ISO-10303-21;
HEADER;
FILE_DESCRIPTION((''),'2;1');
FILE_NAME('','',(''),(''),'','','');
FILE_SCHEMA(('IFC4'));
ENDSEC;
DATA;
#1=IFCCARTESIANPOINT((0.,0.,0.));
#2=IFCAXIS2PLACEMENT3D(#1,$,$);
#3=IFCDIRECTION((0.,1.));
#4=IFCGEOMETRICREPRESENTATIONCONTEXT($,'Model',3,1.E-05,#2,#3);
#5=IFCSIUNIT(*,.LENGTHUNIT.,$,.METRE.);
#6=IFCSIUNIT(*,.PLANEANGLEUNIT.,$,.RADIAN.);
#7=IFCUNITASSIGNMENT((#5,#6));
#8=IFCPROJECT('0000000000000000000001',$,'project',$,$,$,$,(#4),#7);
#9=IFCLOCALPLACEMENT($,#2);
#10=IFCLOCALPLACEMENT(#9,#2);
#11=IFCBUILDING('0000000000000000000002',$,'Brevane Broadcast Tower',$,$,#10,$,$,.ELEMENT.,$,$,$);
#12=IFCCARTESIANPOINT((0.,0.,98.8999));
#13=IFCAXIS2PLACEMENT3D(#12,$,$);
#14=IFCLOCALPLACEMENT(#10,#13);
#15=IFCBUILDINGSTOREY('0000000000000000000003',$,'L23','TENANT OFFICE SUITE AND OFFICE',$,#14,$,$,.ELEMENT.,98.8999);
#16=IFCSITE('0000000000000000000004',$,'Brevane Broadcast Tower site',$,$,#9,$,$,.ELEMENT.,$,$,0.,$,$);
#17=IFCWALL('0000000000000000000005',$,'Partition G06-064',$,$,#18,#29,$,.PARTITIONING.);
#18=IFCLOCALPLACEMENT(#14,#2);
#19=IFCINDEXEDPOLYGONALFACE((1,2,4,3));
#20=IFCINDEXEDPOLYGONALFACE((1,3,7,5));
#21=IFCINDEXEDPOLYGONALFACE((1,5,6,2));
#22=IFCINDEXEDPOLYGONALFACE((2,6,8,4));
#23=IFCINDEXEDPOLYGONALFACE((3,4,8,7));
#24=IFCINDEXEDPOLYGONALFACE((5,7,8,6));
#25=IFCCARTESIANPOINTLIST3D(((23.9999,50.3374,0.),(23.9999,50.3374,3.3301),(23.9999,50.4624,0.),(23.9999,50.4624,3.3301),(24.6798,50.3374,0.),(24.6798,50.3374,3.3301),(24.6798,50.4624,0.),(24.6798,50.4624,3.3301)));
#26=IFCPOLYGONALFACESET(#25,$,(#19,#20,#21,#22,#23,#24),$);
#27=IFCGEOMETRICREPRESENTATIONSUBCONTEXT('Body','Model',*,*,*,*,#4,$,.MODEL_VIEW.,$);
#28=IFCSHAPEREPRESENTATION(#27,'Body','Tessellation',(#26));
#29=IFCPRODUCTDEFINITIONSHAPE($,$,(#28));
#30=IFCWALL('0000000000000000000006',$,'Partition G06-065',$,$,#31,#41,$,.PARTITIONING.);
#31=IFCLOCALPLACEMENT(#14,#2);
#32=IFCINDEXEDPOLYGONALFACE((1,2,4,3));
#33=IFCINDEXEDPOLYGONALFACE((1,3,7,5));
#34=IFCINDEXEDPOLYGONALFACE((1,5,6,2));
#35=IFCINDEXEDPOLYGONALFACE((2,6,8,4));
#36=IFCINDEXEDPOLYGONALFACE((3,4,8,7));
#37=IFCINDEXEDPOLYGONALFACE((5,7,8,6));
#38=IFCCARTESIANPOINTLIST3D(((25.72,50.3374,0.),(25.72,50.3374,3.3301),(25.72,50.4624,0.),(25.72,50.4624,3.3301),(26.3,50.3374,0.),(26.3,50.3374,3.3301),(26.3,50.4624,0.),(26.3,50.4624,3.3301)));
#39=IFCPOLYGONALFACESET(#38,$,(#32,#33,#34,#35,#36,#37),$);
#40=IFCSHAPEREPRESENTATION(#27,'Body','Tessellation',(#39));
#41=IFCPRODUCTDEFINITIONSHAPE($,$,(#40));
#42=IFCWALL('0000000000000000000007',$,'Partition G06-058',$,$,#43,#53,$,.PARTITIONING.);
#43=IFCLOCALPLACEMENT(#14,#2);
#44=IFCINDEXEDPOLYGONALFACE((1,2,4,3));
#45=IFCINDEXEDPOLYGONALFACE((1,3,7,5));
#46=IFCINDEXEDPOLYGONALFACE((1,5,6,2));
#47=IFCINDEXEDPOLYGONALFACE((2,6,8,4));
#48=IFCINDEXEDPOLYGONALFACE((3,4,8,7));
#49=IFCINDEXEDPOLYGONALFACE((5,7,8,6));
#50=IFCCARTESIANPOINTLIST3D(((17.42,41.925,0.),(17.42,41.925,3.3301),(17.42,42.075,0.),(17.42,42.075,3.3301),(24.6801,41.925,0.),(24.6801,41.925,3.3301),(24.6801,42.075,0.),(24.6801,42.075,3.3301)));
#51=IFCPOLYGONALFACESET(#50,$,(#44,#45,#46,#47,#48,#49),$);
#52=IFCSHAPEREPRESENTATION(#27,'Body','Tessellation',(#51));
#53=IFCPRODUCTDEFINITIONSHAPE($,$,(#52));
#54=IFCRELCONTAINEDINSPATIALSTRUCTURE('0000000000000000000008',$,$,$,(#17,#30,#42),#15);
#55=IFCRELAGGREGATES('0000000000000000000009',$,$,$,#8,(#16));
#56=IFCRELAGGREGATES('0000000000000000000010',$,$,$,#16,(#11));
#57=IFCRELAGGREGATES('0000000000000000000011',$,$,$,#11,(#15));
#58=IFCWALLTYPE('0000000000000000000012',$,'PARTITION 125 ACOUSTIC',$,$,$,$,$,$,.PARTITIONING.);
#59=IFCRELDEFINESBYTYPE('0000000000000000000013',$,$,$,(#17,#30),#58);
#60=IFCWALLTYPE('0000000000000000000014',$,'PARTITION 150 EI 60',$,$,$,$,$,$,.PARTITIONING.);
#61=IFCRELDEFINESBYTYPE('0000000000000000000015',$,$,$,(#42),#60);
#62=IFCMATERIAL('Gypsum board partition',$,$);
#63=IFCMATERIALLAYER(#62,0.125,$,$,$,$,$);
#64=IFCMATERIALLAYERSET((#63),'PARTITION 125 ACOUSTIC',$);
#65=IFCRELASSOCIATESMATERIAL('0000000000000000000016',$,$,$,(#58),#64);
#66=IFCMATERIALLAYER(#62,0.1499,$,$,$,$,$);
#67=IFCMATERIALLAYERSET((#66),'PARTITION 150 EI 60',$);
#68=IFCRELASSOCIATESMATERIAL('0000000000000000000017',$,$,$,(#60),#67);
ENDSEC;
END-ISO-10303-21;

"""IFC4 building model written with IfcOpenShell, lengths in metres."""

from ifc_helpers import new_model, si_unit, direction, frame, frame_2d, origin, place, context, subcontext, project, spatial, rectangle, extrude, material, layer, layer_set, type_object, element, save


model = new_model("IFC4")

# Units and contexts
model_context = context("Model", 3, precision=1e-05, world=origin(), true_north=direction((0.0, 1.0)))
body_context = subcontext(model_context, "Body", "Model", "MODEL_VIEW")
ifc_project = project(units=[si_unit("LENGTHUNIT", "METRE"), si_unit("PLANEANGLEUNIT", "RADIAN")], contexts=[model_context])

# Site, building, storey
site_placement = place(None, origin())
site = spatial("IfcSite", under=ifc_project, at=site_placement, Name="Brevane Broadcast Tower site", CompositionType="ELEMENT", RefElevation=0.0)
building_placement = place(site_placement, origin())
building = spatial("IfcBuilding", under=site, at=building_placement, Name="Brevane Broadcast Tower", CompositionType="ELEMENT")
storey_placement = place(building_placement, frame((0.0, 0.0, 98.8999)))
storey = spatial("IfcBuildingStorey", under=building, at=storey_placement, Name="L23", Description="TENANT OFFICE SUITE AND OFFICE", CompositionType="ELEMENT", Elevation=98.8999)

# Shared definitions
ifc_material_1 = material(Name="Gypsum board partition")

# Walls
ifc_layer_1 = layer(ifc_material_1, 0.125)
ifc_layer_set_1 = layer_set([ifc_layer_1], Name="PARTITION 125 ACOUSTIC")
wall_type_1 = type_object("IfcWallType", Name="PARTITION 125 ACOUSTIC", PredefinedType="PARTITIONING", material=ifc_layer_set_1)
wall_1_placement = place(storey_placement, frame((24.0, 50.3999, 0.0), z_axis=(0.0, 0.0, 1.0), x_axis=(1.0, 0.0, 0.0)))
element("IfcWall", 1, at=wall_1_placement, inside=storey, type_object=wall_type_1, Name="Partition G06-064", PredefinedType="PARTITIONING", context=body_context, shape_type="SweptSolid", body=[
    extrude(rectangle(XDim=0.6799, YDim=0.125, at=frame_2d((0.3398, 0.0))), origin(), (0.0, 0.0, 1.0), 3.3301),
])
wall_2_placement = place(storey_placement, frame((25.72, 50.3999, 0.0), z_axis=(0.0, 0.0, 1.0), x_axis=(1.0, 0.0, 0.0)))
element("IfcWall", 2, at=wall_2_placement, inside=storey, type_object=wall_type_1, Name="Partition G06-065", PredefinedType="PARTITIONING", context=body_context, shape_type="SweptSolid", body=[
    extrude(rectangle(XDim=0.5801, YDim=0.125, at=frame_2d((0.29, 0.0))), origin(), (0.0, 0.0, 1.0), 3.3301),
])
ifc_layer_2 = layer(ifc_material_1, 0.1499)
ifc_layer_set_2 = layer_set([ifc_layer_2], Name="PARTITION 150 EI 60")
wall_type_2 = type_object("IfcWallType", Name="PARTITION 150 EI 60", PredefinedType="PARTITIONING", material=ifc_layer_set_2)
wall_3_placement = place(storey_placement, frame((24.6799, 42.0, 0.0), z_axis=(0.0, 0.0, 1.0), x_axis=(-1.0, 0.0, 0.0)))
element("IfcWall", 3, at=wall_3_placement, inside=storey, type_object=wall_type_2, Name="Partition G06-058", PredefinedType="PARTITIONING", context=body_context, shape_type="SweptSolid", body=[
    extrude(rectangle(XDim=7.26, YDim=0.1499, at=frame_2d((3.6299, 0.0))), origin(), (0.0, 0.0, 1.0), 3.3301),
])

save(model, "model.ifc")
